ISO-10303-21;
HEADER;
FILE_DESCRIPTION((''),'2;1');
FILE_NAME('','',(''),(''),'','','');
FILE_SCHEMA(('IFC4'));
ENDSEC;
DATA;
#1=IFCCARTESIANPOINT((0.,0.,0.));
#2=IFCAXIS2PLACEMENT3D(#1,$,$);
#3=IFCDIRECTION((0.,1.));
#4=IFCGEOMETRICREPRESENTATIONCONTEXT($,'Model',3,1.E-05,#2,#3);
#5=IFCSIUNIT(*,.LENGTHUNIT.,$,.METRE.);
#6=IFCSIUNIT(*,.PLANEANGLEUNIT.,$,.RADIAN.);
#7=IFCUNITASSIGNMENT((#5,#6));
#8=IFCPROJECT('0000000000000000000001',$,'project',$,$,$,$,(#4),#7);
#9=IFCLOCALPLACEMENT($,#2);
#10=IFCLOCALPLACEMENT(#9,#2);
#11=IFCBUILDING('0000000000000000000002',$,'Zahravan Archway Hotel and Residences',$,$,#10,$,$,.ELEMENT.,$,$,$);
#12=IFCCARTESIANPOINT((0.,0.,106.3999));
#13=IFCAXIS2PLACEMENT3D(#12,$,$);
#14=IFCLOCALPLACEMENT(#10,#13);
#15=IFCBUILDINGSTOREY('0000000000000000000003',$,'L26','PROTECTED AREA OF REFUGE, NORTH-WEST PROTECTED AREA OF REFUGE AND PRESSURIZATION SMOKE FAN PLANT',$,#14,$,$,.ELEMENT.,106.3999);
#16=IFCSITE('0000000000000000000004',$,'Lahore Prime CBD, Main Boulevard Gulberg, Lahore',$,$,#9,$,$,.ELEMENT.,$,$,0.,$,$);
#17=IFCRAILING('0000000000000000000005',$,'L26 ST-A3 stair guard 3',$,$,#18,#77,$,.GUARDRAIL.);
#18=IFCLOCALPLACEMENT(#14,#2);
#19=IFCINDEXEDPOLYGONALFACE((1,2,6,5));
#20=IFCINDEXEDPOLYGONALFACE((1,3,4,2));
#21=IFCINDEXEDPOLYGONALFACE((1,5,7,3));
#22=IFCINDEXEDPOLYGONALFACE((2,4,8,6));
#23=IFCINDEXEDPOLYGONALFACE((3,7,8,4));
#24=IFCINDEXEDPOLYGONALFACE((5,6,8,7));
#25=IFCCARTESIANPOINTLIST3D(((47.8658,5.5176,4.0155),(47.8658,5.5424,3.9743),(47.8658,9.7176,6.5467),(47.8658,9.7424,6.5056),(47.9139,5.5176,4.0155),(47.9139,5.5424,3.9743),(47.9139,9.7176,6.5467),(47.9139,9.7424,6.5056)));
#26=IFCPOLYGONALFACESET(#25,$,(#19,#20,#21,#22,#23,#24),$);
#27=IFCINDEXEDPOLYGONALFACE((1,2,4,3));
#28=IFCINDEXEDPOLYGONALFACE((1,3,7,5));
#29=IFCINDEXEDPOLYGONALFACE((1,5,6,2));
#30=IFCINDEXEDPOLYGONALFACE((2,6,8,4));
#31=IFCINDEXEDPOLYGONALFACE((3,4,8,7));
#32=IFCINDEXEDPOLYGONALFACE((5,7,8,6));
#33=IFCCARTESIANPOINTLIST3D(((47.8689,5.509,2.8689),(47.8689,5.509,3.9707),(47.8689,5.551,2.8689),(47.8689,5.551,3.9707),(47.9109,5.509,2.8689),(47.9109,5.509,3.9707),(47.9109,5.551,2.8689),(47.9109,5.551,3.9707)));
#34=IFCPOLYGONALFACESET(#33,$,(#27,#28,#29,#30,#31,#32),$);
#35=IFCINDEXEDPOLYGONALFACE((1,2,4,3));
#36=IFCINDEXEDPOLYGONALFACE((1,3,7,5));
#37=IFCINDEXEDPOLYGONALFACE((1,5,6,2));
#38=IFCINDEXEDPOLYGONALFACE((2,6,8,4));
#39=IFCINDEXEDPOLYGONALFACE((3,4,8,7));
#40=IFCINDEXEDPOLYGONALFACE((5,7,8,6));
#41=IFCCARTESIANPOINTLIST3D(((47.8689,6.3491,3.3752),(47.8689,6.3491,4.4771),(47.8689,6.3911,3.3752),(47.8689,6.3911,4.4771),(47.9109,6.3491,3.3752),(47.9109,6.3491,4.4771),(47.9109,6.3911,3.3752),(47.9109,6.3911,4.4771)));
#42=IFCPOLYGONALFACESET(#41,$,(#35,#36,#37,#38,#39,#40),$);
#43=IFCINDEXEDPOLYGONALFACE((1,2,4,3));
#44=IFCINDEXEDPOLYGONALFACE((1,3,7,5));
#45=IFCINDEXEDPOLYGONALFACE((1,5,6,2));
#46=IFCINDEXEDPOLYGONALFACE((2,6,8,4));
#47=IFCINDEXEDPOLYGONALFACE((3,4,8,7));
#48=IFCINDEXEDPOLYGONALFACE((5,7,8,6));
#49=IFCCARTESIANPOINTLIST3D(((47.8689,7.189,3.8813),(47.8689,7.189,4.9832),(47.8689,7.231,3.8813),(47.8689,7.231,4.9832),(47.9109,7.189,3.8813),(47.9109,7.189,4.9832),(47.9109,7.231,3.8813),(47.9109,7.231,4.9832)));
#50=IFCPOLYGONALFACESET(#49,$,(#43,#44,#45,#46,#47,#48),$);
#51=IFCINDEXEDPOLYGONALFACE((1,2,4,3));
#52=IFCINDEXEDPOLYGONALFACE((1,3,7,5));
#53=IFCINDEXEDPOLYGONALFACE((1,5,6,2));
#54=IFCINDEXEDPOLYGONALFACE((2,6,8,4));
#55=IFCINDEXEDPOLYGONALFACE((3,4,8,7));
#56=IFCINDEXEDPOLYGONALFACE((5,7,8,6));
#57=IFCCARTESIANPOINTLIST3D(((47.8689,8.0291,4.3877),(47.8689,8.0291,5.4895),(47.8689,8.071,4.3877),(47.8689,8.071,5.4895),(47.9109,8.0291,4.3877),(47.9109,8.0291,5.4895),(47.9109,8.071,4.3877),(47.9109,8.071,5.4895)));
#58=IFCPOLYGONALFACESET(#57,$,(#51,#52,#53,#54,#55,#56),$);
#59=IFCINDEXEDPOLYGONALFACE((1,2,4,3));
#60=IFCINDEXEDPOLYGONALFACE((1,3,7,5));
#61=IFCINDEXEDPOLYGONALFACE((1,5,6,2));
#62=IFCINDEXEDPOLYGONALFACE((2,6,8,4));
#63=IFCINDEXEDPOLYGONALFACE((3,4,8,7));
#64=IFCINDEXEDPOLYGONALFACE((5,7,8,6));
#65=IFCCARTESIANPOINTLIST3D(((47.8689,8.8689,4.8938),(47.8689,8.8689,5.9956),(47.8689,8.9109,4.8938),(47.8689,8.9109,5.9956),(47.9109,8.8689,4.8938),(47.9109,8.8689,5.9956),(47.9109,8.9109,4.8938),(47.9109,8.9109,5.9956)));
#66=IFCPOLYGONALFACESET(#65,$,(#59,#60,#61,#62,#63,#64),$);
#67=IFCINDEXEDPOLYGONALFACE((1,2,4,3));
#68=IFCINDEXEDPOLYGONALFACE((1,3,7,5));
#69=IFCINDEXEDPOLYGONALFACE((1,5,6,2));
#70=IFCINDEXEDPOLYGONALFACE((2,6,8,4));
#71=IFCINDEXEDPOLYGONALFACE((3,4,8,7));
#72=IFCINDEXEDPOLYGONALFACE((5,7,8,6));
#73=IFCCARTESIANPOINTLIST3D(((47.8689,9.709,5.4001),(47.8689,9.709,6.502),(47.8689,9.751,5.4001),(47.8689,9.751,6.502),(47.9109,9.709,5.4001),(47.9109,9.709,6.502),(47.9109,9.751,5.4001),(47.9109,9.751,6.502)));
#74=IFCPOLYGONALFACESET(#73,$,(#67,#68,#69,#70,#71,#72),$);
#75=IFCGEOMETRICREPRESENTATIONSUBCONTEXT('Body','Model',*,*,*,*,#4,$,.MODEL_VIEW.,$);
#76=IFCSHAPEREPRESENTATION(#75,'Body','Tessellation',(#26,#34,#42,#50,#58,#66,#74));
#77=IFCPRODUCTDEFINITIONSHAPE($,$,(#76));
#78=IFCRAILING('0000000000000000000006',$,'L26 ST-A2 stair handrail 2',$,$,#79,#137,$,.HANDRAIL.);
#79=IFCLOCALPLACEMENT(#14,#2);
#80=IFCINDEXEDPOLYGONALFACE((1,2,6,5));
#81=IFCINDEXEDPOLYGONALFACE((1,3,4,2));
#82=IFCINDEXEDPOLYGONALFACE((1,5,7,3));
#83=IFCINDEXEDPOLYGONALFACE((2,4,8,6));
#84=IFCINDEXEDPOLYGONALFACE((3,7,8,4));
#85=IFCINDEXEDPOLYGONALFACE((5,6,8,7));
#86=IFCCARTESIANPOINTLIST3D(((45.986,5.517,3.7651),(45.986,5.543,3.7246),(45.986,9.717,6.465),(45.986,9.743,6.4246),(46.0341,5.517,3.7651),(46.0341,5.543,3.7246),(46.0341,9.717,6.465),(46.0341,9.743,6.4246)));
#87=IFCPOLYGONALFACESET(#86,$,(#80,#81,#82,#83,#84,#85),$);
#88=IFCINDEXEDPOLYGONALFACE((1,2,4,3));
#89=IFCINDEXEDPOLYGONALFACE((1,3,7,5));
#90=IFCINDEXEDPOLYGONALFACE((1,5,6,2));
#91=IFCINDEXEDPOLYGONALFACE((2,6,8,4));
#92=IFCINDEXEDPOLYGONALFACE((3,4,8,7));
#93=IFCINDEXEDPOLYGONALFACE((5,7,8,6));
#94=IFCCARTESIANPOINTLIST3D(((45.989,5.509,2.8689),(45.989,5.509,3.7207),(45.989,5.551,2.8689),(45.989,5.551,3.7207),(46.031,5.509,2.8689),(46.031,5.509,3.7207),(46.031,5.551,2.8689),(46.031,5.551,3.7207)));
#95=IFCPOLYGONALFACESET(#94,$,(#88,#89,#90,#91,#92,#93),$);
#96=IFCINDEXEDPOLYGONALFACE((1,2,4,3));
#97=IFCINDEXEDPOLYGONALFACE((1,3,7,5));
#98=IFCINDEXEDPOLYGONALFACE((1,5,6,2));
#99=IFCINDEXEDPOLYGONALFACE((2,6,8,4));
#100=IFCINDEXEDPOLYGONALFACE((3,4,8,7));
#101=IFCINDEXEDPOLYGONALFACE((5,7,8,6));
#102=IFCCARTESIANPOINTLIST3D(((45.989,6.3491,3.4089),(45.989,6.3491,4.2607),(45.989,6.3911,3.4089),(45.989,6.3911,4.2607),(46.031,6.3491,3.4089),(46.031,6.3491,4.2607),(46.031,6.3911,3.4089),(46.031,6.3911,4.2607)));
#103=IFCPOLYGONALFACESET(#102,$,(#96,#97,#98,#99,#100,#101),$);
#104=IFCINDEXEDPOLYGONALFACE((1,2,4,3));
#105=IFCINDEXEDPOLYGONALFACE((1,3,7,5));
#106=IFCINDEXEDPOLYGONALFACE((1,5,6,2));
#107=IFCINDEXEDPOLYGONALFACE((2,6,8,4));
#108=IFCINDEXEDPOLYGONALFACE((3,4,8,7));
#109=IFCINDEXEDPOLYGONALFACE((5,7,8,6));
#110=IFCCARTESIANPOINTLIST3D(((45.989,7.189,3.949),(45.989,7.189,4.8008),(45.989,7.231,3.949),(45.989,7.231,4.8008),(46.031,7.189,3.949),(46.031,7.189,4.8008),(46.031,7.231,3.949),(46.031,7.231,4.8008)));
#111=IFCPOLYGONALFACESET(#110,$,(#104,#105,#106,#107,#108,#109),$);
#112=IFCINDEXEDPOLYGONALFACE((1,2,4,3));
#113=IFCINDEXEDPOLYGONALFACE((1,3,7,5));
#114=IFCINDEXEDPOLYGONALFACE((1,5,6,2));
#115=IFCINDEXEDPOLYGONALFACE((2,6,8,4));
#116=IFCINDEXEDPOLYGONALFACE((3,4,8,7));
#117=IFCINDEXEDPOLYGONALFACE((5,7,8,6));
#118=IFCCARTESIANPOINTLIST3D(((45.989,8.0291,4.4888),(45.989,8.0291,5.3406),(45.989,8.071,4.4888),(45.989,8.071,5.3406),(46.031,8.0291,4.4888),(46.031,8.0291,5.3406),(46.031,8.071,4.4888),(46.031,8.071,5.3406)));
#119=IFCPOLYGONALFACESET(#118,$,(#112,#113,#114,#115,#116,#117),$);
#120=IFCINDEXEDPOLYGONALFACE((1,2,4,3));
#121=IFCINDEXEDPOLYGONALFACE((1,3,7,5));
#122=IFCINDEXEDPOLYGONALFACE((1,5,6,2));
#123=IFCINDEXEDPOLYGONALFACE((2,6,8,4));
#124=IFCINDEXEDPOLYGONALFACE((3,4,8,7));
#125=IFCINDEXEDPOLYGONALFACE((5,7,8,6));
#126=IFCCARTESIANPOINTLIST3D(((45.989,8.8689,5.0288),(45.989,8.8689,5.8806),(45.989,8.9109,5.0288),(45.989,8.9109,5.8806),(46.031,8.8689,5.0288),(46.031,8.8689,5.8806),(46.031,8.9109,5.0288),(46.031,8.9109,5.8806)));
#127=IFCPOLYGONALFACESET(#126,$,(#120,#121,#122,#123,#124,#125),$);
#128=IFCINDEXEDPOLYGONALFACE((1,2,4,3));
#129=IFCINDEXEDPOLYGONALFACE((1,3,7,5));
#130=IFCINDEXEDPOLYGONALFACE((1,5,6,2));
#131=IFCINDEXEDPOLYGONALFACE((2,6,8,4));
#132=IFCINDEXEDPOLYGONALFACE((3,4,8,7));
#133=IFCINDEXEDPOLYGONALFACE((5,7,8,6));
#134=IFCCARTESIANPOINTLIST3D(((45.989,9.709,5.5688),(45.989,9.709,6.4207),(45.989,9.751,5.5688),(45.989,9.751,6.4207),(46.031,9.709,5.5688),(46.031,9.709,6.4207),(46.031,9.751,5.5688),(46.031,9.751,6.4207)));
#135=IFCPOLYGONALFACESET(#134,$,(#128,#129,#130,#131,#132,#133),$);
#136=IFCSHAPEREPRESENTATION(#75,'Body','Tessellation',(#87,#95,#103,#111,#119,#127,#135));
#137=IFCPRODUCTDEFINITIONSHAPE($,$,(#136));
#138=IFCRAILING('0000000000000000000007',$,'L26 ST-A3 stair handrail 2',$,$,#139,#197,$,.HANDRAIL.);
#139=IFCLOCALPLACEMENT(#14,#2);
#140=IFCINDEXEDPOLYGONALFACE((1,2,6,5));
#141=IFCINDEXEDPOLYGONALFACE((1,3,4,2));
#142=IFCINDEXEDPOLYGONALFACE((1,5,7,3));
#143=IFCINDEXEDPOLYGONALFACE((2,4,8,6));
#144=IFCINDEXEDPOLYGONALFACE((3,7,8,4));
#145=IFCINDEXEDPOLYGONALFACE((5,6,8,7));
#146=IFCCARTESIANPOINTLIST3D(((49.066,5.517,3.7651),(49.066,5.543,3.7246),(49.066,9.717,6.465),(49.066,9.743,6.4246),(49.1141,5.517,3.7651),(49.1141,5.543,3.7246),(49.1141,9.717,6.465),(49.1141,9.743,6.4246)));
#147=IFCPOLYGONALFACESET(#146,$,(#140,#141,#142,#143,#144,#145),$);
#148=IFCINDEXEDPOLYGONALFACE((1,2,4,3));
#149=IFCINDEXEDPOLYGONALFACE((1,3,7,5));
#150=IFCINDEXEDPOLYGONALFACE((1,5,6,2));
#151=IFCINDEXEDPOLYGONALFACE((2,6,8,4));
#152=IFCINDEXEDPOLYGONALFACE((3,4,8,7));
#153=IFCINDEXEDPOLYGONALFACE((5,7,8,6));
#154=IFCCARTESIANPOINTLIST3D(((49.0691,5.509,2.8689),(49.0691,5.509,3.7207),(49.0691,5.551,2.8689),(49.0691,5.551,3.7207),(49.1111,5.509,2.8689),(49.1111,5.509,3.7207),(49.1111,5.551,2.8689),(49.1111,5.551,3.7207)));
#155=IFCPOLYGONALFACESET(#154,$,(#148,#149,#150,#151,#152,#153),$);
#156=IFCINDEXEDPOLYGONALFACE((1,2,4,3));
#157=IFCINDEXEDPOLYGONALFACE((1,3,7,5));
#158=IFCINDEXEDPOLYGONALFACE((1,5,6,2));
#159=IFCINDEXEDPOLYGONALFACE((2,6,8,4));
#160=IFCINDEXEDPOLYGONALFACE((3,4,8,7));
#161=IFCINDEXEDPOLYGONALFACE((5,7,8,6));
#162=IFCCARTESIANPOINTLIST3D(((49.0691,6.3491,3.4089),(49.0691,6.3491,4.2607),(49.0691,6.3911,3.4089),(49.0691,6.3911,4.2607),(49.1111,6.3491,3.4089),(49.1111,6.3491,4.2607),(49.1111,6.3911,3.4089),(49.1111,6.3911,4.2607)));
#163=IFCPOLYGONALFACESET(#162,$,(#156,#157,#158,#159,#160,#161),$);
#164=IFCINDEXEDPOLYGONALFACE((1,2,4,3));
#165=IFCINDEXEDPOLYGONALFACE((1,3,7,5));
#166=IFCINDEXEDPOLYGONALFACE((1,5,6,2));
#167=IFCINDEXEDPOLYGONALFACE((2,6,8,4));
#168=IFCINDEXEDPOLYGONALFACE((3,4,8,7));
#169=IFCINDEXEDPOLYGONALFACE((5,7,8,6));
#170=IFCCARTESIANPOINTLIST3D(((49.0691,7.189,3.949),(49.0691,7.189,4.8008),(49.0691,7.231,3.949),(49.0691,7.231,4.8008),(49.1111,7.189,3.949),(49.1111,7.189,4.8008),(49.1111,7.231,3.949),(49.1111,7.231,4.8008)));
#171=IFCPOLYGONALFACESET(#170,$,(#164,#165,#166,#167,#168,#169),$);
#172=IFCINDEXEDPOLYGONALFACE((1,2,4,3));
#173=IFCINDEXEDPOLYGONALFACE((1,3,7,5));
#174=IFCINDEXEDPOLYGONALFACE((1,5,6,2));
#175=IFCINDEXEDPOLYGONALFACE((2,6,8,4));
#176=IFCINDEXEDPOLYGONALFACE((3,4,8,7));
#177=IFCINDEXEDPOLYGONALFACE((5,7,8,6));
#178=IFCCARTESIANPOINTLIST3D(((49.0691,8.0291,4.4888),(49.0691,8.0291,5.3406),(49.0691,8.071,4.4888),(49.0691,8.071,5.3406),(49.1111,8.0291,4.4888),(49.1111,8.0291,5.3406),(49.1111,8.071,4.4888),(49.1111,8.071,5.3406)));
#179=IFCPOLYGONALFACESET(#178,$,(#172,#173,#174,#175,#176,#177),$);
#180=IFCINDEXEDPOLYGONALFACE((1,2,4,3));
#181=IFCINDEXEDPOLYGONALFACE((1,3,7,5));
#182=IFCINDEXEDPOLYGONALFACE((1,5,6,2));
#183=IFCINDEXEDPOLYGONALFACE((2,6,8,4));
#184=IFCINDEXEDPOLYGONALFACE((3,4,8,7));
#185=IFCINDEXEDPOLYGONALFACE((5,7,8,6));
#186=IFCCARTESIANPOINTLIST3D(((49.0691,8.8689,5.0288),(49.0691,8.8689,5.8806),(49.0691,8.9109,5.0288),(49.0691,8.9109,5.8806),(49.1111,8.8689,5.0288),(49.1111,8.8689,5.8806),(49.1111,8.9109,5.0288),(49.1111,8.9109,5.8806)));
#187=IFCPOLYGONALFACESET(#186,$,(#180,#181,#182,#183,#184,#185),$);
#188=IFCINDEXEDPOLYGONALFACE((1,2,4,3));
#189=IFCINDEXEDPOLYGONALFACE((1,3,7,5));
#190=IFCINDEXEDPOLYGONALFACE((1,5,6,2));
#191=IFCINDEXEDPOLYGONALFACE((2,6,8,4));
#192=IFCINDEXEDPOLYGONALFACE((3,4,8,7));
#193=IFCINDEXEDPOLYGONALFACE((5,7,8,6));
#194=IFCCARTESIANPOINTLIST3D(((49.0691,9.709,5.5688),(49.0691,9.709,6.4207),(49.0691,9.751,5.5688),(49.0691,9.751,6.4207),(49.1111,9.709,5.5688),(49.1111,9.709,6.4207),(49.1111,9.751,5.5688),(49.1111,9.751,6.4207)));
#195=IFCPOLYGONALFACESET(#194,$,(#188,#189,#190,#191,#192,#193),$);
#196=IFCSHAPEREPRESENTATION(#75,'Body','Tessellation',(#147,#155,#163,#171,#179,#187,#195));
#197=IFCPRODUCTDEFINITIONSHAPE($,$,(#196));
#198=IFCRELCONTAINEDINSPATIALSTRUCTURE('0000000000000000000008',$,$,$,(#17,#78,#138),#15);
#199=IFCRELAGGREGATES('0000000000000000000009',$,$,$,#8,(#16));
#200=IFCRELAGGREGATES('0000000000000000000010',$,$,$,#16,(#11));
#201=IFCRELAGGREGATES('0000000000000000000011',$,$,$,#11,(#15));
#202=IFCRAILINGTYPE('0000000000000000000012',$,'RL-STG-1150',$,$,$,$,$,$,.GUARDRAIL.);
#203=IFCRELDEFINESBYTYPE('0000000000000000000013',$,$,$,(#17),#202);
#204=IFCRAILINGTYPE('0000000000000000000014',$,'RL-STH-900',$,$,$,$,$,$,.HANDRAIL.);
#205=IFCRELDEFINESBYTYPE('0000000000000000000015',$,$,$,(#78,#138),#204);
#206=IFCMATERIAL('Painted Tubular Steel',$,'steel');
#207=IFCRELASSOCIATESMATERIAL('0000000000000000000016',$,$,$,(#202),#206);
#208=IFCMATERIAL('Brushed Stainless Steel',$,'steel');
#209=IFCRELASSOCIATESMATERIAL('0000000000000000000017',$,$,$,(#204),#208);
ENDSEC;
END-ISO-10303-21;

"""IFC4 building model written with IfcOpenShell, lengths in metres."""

from ifc_helpers import new_model, si_unit, direction, frame, origin, origin_2d, place, context, subcontext, project, spatial, rectangle, extrude, material, type_object, element, save


model = new_model("IFC4")

# Units and contexts
model_context = context("Model", 3, precision=1e-05, world=origin(), true_north=direction((0.0, 1.0)))
body_context = subcontext(model_context, "Body", "Model", "MODEL_VIEW")
ifc_project = project(units=[si_unit("LENGTHUNIT", "METRE"), si_unit("PLANEANGLEUNIT", "RADIAN")], contexts=[model_context])

# Site, building, storey
site_placement = place(None, origin())
site = spatial("IfcSite", under=ifc_project, at=site_placement, Name="Lahore Prime CBD, Main Boulevard Gulberg, Lahore", CompositionType="ELEMENT", RefElevation=0.0)
building_placement = place(site_placement, origin())
building = spatial("IfcBuilding", under=site, at=building_placement, Name="Zahravan Archway Hotel and Residences", CompositionType="ELEMENT")
storey_placement = place(building_placement, frame((0.0, 0.0, 106.3999)))
storey = spatial("IfcBuildingStorey", under=building, at=storey_placement, Name="L26", Description="PROTECTED AREA OF REFUGE, NORTH-WEST PROTECTED AREA OF REFUGE AND PRESSURIZATION SMOKE FAN PLANT", CompositionType="ELEMENT", Elevation=106.3999)

# Railings
ifc_material_1 = material(Name="Painted Tubular Steel", Category="steel")
railing_type_1 = type_object("IfcRailingType", Name="RL-STG-1150", PredefinedType="GUARDRAIL", material=ifc_material_1)
railing_1_placement = place(storey_placement, frame((47.8899, 5.53, 2.8689)))
element("IfcRailing", 1, at=railing_1_placement, inside=storey, type_object=railing_type_1, Name="L26 ST-A3 stair guard 3", PredefinedType="GUARDRAIL", context=body_context, shape_type="SweptSolid", body=[
    extrude(rectangle(XDim=0.0481, YDim=0.0481, at=origin_2d()), frame((0.0, 0.0, 1.126), z_axis=(0.0, 0.856476, 0.516186), x_axis=(-1.0, 0.0, 0.0)), (0.0, 0.0, 1.0), 4.9038),
    extrude(rectangle(XDim=0.042, YDim=0.042, at=origin_2d()), origin(), (0.0, 0.0, 1.0), 1.1018),
    extrude(rectangle(XDim=0.042, YDim=0.042, at=origin_2d()), frame((0.0, 0.8401, 0.5063)), (0.0, 0.0, 1.0), 1.1018),
    extrude(rectangle(XDim=0.042, YDim=0.042, at=origin_2d()), frame((0.0, 1.6799, 1.0125)), (0.0, 0.0, 1.0), 1.1018),
    extrude(rectangle(XDim=0.042, YDim=0.042, at=origin_2d()), frame((0.0, 2.52, 1.5188)), (0.0, 0.0, 1.0), 1.1018),
    extrude(rectangle(XDim=0.042, YDim=0.042, at=origin_2d()), frame((0.0, 3.3599, 2.0249)), (0.0, 0.0, 1.0), 1.1018),
    extrude(rectangle(XDim=0.042, YDim=0.042, at=origin_2d()), frame((0.0, 4.2, 2.5312)), (0.0, 0.0, 1.0), 1.1018),
])
ifc_material_2 = material(Name="Brushed Stainless Steel", Category="steel")
railing_type_2 = type_object("IfcRailingType", Name="RL-STH-900", PredefinedType="HANDRAIL", material=ifc_material_2)
for number, where, name in (
    (2, (46.01, 5.53, 2.8689), "L26 ST-A2 stair handrail 2"),
    (3, (49.0901, 5.53, 2.8689), "L26 ST-A3 stair handrail 2"),
):
    element("IfcRailing", number, at=place(storey_placement, frame(where)), inside=storey, type_object=railing_type_2, Name=name, PredefinedType="HANDRAIL", context=body_context, shape_type="SweptSolid", body=[
        extrude(rectangle(XDim=0.0481, YDim=0.0481, at=origin_2d()), frame((0.0, 0.0, 0.876), z_axis=(0.0, 0.84118, 0.540755), x_axis=(-1.0, 0.0, 0.0)), (0.0, 0.0, 1.0), 4.9929),
        extrude(rectangle(XDim=0.042, YDim=0.042, at=origin_2d()), origin(), (0.0, 0.0, 1.0), 0.8518),
        extrude(rectangle(XDim=0.042, YDim=0.042, at=origin_2d()), frame((0.0, 0.8401, 0.54)), (0.0, 0.0, 1.0), 0.8518),
        extrude(rectangle(XDim=0.042, YDim=0.042, at=origin_2d()), frame((0.0, 1.6799, 1.0801)), (0.0, 0.0, 1.0), 0.8518),
        extrude(rectangle(XDim=0.042, YDim=0.042, at=origin_2d()), frame((0.0, 2.52, 1.6199)), (0.0, 0.0, 1.0), 0.8518),
        extrude(rectangle(XDim=0.042, YDim=0.042, at=origin_2d()), frame((0.0, 3.3599, 2.1599)), (0.0, 0.0, 1.0), 0.8518),
        extrude(rectangle(XDim=0.042, YDim=0.042, at=origin_2d()), frame((0.0, 4.2, 2.7)), (0.0, 0.0, 1.0), 0.8518),
    ])

save(model, "model.ifc")
